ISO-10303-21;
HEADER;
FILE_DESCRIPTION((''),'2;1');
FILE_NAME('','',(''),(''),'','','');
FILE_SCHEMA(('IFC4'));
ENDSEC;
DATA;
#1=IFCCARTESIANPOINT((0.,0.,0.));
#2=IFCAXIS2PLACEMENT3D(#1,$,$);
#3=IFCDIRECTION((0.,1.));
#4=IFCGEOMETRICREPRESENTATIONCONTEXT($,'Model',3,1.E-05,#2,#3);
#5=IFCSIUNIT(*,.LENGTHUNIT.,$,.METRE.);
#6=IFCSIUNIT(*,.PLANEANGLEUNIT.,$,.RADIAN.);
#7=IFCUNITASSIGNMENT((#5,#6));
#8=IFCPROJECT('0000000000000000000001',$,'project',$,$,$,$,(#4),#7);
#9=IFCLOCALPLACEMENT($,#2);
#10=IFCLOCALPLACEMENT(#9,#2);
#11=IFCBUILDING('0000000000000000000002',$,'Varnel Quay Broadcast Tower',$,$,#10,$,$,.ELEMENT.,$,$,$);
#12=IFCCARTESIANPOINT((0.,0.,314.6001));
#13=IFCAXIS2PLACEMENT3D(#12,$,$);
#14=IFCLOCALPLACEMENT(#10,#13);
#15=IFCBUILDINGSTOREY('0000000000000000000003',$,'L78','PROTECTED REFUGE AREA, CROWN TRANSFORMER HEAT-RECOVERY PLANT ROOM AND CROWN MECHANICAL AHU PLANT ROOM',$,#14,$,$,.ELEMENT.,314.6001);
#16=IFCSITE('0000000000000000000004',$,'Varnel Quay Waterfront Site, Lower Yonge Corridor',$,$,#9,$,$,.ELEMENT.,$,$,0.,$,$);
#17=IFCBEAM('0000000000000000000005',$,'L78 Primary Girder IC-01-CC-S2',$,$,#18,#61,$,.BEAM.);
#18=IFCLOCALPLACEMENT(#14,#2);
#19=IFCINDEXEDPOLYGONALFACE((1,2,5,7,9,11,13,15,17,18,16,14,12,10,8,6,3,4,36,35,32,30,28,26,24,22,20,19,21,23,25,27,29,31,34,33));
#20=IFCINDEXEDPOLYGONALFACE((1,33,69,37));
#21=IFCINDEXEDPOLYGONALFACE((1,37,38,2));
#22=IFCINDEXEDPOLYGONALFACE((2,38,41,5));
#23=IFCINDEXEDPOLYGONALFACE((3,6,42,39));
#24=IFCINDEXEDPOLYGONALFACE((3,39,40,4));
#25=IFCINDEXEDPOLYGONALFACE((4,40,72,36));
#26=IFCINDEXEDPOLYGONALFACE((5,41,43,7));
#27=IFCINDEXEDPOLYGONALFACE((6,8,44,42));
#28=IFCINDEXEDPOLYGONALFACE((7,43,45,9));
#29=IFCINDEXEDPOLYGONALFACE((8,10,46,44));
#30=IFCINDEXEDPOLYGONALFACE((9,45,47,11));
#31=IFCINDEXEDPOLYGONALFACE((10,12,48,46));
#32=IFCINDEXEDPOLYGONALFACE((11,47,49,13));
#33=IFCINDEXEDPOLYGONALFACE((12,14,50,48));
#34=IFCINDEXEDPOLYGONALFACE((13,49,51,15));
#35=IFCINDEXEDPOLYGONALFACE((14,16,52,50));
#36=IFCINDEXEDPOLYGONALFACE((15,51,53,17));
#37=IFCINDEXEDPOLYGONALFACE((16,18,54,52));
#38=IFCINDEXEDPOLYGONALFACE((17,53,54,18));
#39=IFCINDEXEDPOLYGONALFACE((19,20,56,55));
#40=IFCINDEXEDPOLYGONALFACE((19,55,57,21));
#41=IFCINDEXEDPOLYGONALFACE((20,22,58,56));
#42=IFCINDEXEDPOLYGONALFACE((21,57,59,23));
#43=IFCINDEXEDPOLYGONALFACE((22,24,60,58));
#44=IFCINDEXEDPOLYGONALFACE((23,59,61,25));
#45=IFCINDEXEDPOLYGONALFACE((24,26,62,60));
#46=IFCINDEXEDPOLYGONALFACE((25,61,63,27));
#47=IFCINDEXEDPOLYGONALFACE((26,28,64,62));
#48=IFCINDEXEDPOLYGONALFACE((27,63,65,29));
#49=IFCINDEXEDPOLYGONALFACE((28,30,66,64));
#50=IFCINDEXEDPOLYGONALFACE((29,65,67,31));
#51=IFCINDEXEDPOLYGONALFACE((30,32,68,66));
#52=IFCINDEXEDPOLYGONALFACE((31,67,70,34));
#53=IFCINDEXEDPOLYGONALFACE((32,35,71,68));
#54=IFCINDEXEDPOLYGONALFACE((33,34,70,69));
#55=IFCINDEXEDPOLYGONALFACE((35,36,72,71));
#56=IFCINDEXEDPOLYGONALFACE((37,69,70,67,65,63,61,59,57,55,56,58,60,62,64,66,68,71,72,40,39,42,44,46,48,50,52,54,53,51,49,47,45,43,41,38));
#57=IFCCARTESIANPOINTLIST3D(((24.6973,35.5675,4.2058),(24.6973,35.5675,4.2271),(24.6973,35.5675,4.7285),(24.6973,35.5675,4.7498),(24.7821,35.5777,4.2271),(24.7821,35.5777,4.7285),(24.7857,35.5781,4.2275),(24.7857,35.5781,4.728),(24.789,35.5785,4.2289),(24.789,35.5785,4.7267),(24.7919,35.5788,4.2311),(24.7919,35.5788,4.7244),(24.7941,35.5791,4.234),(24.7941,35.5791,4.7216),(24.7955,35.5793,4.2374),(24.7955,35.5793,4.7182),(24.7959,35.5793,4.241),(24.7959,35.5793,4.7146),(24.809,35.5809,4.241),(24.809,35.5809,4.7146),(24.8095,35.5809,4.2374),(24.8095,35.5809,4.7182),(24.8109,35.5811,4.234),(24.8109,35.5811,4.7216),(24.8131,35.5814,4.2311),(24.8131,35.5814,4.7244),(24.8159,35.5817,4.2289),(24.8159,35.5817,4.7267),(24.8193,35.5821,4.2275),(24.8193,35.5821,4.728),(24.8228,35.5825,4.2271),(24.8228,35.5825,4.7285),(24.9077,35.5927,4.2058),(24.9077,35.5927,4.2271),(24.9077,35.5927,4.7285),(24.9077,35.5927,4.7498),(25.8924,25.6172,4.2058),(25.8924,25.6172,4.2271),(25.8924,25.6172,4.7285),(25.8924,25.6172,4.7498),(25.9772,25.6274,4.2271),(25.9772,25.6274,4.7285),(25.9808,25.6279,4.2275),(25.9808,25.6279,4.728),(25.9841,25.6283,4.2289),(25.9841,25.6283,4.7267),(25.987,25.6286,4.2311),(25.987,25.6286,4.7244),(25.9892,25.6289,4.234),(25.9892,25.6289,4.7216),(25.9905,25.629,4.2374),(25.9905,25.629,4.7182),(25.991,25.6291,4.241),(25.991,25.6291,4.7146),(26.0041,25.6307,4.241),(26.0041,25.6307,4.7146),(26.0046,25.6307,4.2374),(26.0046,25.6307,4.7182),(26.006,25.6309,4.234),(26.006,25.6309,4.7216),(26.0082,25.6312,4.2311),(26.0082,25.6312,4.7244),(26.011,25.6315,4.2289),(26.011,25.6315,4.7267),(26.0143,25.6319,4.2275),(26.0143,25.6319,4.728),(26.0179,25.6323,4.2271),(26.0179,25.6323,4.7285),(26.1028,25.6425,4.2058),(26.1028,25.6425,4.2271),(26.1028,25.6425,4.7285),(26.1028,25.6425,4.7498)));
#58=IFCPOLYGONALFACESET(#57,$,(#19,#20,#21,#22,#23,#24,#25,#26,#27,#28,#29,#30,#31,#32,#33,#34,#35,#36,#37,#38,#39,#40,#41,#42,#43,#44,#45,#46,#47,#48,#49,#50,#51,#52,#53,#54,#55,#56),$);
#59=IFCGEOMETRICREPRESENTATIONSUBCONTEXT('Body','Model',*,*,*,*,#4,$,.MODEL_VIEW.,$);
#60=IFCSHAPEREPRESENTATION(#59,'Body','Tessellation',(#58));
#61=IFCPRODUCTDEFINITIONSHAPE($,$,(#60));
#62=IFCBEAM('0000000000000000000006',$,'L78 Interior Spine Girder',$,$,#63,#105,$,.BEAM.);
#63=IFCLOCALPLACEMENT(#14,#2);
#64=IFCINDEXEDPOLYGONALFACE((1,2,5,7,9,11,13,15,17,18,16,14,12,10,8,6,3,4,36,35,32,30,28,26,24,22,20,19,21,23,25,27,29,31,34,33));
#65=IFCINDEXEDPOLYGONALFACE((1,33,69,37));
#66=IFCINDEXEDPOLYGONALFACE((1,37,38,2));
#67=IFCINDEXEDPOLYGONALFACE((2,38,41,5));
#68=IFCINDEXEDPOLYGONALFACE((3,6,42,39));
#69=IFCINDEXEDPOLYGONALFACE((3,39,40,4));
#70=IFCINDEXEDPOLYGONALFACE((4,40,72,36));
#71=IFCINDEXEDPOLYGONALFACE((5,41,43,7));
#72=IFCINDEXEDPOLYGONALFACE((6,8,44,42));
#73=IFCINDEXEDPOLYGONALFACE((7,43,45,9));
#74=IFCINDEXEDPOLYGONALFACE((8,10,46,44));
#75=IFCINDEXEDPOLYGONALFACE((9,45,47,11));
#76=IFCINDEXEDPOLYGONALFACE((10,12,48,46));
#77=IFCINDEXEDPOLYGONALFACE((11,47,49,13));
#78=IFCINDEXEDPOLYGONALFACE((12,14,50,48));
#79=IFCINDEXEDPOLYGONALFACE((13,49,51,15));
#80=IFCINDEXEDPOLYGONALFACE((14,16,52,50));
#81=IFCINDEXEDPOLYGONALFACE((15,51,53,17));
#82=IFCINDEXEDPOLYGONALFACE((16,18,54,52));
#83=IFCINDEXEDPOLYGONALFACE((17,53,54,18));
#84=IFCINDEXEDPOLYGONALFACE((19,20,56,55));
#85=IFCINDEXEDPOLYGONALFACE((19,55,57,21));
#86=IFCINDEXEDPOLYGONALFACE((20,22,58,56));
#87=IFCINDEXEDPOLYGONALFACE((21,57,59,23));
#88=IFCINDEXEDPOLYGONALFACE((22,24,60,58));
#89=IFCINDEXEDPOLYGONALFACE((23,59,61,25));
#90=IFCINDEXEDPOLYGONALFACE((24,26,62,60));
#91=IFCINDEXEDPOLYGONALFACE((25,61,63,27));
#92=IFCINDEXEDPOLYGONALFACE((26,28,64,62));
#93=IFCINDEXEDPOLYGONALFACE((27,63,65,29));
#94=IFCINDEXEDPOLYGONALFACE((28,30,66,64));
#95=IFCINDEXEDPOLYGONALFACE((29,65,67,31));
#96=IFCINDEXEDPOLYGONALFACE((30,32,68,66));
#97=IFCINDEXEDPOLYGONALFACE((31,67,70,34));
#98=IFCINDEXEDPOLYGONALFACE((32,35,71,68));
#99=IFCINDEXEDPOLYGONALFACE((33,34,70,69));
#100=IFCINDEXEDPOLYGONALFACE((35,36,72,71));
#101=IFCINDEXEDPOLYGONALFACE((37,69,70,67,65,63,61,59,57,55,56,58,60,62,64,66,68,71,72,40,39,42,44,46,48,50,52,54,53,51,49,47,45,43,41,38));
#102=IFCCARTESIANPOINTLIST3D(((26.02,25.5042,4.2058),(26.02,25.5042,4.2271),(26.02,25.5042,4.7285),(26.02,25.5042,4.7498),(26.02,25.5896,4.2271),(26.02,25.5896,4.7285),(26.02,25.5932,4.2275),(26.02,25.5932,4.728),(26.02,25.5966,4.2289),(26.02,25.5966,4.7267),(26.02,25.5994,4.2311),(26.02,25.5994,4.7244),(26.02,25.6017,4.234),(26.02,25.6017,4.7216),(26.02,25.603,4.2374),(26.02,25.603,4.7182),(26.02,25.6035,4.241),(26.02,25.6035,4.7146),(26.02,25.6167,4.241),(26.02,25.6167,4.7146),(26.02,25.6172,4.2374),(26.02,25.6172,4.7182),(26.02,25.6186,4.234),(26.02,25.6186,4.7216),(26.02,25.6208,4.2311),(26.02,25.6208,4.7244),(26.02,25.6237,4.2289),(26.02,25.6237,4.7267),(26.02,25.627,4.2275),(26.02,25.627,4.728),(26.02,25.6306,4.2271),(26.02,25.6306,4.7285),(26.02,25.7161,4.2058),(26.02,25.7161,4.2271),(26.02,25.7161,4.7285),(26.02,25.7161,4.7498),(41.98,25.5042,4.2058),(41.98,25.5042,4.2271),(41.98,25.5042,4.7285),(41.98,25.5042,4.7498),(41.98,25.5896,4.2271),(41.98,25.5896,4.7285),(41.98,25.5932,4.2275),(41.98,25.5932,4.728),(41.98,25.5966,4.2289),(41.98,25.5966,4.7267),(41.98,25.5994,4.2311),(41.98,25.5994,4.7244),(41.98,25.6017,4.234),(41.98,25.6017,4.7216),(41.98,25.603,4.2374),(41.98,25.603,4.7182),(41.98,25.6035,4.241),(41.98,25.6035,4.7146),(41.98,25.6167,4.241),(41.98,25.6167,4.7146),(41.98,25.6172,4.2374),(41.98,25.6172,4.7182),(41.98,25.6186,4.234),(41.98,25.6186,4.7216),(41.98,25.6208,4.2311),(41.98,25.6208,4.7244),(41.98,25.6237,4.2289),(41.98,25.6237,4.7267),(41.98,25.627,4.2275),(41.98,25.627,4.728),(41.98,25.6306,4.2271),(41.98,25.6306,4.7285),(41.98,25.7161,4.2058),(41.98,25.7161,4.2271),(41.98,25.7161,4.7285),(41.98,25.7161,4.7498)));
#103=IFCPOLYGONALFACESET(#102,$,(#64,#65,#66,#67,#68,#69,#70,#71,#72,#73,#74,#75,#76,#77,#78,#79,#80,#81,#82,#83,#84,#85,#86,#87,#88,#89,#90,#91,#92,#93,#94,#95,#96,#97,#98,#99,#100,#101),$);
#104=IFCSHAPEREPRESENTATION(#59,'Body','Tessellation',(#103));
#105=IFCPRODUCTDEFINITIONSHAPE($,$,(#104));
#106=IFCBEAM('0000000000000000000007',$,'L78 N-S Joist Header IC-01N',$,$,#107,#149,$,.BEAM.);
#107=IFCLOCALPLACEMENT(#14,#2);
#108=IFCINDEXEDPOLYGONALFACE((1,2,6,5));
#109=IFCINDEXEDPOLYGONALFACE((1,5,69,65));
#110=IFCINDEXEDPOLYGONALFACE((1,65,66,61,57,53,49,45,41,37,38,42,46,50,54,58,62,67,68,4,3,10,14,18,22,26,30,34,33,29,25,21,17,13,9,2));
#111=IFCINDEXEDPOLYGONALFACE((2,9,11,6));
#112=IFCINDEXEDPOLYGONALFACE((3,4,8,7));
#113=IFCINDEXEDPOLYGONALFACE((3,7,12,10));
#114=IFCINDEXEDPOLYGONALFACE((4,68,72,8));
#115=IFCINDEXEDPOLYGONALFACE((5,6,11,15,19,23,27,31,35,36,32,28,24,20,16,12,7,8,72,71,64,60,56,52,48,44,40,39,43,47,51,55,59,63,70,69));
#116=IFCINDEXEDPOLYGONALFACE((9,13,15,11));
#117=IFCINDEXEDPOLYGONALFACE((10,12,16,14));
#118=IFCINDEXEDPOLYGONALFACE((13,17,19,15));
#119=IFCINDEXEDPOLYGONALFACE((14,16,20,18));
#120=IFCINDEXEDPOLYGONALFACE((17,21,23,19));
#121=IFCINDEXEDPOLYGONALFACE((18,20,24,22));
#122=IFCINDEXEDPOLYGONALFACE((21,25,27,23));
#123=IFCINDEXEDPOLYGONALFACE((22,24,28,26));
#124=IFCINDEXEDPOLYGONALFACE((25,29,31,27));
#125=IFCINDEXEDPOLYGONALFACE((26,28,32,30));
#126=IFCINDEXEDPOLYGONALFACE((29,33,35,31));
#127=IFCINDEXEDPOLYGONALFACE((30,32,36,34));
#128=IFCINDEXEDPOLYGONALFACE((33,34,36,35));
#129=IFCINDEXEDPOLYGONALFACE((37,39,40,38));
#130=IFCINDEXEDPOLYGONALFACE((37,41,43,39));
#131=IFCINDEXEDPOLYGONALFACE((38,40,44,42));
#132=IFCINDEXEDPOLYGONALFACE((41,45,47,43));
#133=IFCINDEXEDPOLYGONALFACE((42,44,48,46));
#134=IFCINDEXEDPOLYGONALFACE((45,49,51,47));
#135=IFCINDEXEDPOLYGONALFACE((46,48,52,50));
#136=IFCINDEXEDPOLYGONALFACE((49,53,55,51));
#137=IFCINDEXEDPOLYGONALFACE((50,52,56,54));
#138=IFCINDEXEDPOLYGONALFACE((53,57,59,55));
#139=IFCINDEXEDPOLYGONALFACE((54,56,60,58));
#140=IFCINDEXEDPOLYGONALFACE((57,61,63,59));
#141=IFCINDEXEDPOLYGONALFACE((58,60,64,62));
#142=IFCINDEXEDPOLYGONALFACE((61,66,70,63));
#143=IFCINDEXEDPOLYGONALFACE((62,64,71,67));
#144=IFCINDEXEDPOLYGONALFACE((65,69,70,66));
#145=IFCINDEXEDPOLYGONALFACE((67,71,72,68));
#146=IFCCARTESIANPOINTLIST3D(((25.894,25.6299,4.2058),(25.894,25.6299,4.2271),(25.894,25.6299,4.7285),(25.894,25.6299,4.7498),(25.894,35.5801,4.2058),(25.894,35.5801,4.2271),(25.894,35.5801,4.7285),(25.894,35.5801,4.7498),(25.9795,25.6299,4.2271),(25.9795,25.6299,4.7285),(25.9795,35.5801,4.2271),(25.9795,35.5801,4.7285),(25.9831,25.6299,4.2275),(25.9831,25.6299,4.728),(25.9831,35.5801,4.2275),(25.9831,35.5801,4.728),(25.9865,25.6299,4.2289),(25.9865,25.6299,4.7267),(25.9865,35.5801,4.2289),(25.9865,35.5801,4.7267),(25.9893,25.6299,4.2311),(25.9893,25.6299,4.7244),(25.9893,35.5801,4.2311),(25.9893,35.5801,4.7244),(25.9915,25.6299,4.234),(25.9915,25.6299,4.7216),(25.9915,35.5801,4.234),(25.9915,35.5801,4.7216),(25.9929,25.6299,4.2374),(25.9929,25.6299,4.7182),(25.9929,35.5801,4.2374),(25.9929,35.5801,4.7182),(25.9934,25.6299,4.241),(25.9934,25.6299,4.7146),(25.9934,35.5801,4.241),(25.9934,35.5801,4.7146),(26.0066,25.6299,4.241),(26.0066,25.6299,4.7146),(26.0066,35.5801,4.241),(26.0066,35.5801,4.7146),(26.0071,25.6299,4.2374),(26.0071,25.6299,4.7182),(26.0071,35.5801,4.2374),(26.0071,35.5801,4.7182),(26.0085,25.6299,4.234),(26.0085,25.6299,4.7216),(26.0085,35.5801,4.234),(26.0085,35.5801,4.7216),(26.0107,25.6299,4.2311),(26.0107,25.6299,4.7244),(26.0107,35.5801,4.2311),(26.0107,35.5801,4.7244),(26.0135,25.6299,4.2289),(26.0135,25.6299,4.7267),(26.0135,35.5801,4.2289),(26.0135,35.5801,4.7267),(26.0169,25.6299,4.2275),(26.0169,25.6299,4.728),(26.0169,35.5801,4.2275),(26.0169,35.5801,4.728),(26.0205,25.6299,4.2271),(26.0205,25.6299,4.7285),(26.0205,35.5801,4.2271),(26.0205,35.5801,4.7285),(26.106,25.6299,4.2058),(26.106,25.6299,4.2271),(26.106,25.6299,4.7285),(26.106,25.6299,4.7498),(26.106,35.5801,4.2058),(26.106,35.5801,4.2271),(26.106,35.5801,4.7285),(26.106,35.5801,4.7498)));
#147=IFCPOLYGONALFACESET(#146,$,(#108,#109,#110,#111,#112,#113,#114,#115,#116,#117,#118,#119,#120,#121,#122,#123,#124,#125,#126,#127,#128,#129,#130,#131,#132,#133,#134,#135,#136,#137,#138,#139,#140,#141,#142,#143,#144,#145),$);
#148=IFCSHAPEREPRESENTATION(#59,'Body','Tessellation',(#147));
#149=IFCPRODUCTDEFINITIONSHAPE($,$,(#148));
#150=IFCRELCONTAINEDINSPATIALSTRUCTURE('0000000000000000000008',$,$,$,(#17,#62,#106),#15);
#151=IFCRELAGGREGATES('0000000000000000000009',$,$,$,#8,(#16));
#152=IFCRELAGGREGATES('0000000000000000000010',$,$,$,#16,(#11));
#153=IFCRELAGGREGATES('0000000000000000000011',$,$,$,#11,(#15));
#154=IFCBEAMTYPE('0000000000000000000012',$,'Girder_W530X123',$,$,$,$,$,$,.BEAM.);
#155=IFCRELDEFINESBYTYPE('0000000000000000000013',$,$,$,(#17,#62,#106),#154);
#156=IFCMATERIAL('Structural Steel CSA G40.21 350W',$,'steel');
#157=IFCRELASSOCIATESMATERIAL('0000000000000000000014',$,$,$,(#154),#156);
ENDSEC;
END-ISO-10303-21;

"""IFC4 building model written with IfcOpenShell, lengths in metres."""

from ifc_helpers import new_model, si_unit, direction, frame, origin, origin_2d, place, context, subcontext, project, spatial, i_section, extrude, source, transform, mapped, material, material_profile, profile_set, type_object, type_shapes, element, save


model = new_model("IFC4")

# Units and contexts
model_context = context("Model", 3, precision=1e-05, world=origin(), true_north=direction((0.0, 1.0)))
body_context = subcontext(model_context, "Body", "Model", "MODEL_VIEW")
ifc_project = project(units=[si_unit("LENGTHUNIT", "METRE"), si_unit("PLANEANGLEUNIT", "RADIAN")], contexts=[model_context])

# Site, building, storey
site_placement = place(None, origin())
site = spatial("IfcSite", under=ifc_project, at=site_placement, Name="Varnel Quay Waterfront Site, Lower Yonge Corridor", CompositionType="ELEMENT", RefElevation=0.0)
building_placement = place(site_placement, origin())
building = spatial("IfcBuilding", under=site, at=building_placement, Name="Varnel Quay Broadcast Tower", CompositionType="ELEMENT")
storey_placement = place(building_placement, frame((0.0, 0.0, 314.6001)))
storey = spatial("IfcBuildingStorey", under=building, at=storey_placement, Name="L78", Description="PROTECTED REFUGE AREA, CROWN TRANSFORMER HEAT-RECOVERY PLANT ROOM AND CROWN MECHANICAL AHU PLANT ROOM", CompositionType="ELEMENT", Elevation=314.6001)

# Shared definitions
ifc_material_1 = material(Name="Structural Steel CSA G40.21 350W", Category="steel")

# Beams
ifc_material_profile_1 = material_profile(ifc_material_1, i_section(OverallWidth=0.2119, OverallDepth=0.5439, WebThickness=0.0132, FlangeThickness=0.0212, FilletRadius=0.0139, at=origin_2d()), Name="W530X123")
ifc_profile_set_1 = profile_set([ifc_material_profile_1], Name="Structural Steel CSA G40.21 350W")
beam_type_1 = type_object("IfcBeamType", Name="Girder_W530X123", PredefinedType="BEAM", material=ifc_profile_set_1)
shared_shape_1 = source(origin(), body_context, "Body", "SweptSolid", [
    extrude(i_section(OverallWidth=0.2119, OverallDepth=0.5439, WebThickness=0.0132, FlangeThickness=0.0212, FilletRadius=0.0139, at=origin_2d()), origin(), (0.0, 0.0, 1.0), 10.0217),
])
beam_1_placement = place(storey_placement, frame((25.9976, 25.6299, 4.4778), z_axis=(-0.119248, 0.992864, 0.0), x_axis=(-0.992864, -0.119248, 0.0)))
element("IfcBeam", 1, at=beam_1_placement, inside=storey, type_object=beam_type_1, Name="L78 Primary Girder IC-01-CC-S2", PredefinedType="BEAM", context=body_context, shape_type="MappedRepresentation", body=[
    mapped(shared_shape_1, transform((0.0, 0.0, 0.0), x_axis=(1.0, 0.0, 0.0), y_axis=(0.0, 1.0, 0.0), z_axis=(0.0, 0.0, 1.0), scale=1.0)),
])
shared_shape_2 = source(origin(), body_context, "Body", "SweptSolid", [
    extrude(i_section(OverallWidth=0.2119, OverallDepth=0.5439, WebThickness=0.0132, FlangeThickness=0.0212, FilletRadius=0.0139, at=origin_2d()), origin(), (0.0, 0.0, 1.0), 15.96),
])
beam_2_placement = place(storey_placement, frame((26.02, 25.6101, 4.4778), z_axis=(1.0, 0.0, 0.0), x_axis=(0.0, 1.0, 0.0)))
element("IfcBeam", 2, at=beam_2_placement, inside=storey, type_object=beam_type_1, Name="L78 Interior Spine Girder", PredefinedType="BEAM", context=body_context, shape_type="MappedRepresentation", body=[
    mapped(shared_shape_2, transform((0.0, 0.0, 0.0), x_axis=(1.0, 0.0, 0.0), y_axis=(0.0, 1.0, 0.0), z_axis=(0.0, 0.0, 1.0), scale=1.0)),
])
shared_shape_3 = source(origin(), body_context, "Body", "SweptSolid", [
    extrude(i_section(OverallWidth=0.2119, OverallDepth=0.5439, WebThickness=0.0132, FlangeThickness=0.0212, FilletRadius=0.0139, at=origin_2d()), origin(), (0.0, 0.0, 1.0), 9.9502),
])
type_shapes(beam_type_1, [shared_shape_1, shared_shape_2, shared_shape_3])
beam_3_placement = place(storey_placement, frame((26.0, 25.6299, 4.4778), z_axis=(0.0, 1.0, 0.0), x_axis=(-1.0, 0.0, 0.0)))
element("IfcBeam", 3, at=beam_3_placement, inside=storey, type_object=beam_type_1, Name="L78 N-S Joist Header IC-01N", PredefinedType="BEAM", context=body_context, shape_type="MappedRepresentation", body=[
    mapped(shared_shape_3, transform((0.0, 0.0, 0.0), x_axis=(1.0, 0.0, 0.0), y_axis=(0.0, 1.0, 0.0), z_axis=(0.0, 0.0, 1.0), scale=1.0)),
])

save(model, "model.ifc")
